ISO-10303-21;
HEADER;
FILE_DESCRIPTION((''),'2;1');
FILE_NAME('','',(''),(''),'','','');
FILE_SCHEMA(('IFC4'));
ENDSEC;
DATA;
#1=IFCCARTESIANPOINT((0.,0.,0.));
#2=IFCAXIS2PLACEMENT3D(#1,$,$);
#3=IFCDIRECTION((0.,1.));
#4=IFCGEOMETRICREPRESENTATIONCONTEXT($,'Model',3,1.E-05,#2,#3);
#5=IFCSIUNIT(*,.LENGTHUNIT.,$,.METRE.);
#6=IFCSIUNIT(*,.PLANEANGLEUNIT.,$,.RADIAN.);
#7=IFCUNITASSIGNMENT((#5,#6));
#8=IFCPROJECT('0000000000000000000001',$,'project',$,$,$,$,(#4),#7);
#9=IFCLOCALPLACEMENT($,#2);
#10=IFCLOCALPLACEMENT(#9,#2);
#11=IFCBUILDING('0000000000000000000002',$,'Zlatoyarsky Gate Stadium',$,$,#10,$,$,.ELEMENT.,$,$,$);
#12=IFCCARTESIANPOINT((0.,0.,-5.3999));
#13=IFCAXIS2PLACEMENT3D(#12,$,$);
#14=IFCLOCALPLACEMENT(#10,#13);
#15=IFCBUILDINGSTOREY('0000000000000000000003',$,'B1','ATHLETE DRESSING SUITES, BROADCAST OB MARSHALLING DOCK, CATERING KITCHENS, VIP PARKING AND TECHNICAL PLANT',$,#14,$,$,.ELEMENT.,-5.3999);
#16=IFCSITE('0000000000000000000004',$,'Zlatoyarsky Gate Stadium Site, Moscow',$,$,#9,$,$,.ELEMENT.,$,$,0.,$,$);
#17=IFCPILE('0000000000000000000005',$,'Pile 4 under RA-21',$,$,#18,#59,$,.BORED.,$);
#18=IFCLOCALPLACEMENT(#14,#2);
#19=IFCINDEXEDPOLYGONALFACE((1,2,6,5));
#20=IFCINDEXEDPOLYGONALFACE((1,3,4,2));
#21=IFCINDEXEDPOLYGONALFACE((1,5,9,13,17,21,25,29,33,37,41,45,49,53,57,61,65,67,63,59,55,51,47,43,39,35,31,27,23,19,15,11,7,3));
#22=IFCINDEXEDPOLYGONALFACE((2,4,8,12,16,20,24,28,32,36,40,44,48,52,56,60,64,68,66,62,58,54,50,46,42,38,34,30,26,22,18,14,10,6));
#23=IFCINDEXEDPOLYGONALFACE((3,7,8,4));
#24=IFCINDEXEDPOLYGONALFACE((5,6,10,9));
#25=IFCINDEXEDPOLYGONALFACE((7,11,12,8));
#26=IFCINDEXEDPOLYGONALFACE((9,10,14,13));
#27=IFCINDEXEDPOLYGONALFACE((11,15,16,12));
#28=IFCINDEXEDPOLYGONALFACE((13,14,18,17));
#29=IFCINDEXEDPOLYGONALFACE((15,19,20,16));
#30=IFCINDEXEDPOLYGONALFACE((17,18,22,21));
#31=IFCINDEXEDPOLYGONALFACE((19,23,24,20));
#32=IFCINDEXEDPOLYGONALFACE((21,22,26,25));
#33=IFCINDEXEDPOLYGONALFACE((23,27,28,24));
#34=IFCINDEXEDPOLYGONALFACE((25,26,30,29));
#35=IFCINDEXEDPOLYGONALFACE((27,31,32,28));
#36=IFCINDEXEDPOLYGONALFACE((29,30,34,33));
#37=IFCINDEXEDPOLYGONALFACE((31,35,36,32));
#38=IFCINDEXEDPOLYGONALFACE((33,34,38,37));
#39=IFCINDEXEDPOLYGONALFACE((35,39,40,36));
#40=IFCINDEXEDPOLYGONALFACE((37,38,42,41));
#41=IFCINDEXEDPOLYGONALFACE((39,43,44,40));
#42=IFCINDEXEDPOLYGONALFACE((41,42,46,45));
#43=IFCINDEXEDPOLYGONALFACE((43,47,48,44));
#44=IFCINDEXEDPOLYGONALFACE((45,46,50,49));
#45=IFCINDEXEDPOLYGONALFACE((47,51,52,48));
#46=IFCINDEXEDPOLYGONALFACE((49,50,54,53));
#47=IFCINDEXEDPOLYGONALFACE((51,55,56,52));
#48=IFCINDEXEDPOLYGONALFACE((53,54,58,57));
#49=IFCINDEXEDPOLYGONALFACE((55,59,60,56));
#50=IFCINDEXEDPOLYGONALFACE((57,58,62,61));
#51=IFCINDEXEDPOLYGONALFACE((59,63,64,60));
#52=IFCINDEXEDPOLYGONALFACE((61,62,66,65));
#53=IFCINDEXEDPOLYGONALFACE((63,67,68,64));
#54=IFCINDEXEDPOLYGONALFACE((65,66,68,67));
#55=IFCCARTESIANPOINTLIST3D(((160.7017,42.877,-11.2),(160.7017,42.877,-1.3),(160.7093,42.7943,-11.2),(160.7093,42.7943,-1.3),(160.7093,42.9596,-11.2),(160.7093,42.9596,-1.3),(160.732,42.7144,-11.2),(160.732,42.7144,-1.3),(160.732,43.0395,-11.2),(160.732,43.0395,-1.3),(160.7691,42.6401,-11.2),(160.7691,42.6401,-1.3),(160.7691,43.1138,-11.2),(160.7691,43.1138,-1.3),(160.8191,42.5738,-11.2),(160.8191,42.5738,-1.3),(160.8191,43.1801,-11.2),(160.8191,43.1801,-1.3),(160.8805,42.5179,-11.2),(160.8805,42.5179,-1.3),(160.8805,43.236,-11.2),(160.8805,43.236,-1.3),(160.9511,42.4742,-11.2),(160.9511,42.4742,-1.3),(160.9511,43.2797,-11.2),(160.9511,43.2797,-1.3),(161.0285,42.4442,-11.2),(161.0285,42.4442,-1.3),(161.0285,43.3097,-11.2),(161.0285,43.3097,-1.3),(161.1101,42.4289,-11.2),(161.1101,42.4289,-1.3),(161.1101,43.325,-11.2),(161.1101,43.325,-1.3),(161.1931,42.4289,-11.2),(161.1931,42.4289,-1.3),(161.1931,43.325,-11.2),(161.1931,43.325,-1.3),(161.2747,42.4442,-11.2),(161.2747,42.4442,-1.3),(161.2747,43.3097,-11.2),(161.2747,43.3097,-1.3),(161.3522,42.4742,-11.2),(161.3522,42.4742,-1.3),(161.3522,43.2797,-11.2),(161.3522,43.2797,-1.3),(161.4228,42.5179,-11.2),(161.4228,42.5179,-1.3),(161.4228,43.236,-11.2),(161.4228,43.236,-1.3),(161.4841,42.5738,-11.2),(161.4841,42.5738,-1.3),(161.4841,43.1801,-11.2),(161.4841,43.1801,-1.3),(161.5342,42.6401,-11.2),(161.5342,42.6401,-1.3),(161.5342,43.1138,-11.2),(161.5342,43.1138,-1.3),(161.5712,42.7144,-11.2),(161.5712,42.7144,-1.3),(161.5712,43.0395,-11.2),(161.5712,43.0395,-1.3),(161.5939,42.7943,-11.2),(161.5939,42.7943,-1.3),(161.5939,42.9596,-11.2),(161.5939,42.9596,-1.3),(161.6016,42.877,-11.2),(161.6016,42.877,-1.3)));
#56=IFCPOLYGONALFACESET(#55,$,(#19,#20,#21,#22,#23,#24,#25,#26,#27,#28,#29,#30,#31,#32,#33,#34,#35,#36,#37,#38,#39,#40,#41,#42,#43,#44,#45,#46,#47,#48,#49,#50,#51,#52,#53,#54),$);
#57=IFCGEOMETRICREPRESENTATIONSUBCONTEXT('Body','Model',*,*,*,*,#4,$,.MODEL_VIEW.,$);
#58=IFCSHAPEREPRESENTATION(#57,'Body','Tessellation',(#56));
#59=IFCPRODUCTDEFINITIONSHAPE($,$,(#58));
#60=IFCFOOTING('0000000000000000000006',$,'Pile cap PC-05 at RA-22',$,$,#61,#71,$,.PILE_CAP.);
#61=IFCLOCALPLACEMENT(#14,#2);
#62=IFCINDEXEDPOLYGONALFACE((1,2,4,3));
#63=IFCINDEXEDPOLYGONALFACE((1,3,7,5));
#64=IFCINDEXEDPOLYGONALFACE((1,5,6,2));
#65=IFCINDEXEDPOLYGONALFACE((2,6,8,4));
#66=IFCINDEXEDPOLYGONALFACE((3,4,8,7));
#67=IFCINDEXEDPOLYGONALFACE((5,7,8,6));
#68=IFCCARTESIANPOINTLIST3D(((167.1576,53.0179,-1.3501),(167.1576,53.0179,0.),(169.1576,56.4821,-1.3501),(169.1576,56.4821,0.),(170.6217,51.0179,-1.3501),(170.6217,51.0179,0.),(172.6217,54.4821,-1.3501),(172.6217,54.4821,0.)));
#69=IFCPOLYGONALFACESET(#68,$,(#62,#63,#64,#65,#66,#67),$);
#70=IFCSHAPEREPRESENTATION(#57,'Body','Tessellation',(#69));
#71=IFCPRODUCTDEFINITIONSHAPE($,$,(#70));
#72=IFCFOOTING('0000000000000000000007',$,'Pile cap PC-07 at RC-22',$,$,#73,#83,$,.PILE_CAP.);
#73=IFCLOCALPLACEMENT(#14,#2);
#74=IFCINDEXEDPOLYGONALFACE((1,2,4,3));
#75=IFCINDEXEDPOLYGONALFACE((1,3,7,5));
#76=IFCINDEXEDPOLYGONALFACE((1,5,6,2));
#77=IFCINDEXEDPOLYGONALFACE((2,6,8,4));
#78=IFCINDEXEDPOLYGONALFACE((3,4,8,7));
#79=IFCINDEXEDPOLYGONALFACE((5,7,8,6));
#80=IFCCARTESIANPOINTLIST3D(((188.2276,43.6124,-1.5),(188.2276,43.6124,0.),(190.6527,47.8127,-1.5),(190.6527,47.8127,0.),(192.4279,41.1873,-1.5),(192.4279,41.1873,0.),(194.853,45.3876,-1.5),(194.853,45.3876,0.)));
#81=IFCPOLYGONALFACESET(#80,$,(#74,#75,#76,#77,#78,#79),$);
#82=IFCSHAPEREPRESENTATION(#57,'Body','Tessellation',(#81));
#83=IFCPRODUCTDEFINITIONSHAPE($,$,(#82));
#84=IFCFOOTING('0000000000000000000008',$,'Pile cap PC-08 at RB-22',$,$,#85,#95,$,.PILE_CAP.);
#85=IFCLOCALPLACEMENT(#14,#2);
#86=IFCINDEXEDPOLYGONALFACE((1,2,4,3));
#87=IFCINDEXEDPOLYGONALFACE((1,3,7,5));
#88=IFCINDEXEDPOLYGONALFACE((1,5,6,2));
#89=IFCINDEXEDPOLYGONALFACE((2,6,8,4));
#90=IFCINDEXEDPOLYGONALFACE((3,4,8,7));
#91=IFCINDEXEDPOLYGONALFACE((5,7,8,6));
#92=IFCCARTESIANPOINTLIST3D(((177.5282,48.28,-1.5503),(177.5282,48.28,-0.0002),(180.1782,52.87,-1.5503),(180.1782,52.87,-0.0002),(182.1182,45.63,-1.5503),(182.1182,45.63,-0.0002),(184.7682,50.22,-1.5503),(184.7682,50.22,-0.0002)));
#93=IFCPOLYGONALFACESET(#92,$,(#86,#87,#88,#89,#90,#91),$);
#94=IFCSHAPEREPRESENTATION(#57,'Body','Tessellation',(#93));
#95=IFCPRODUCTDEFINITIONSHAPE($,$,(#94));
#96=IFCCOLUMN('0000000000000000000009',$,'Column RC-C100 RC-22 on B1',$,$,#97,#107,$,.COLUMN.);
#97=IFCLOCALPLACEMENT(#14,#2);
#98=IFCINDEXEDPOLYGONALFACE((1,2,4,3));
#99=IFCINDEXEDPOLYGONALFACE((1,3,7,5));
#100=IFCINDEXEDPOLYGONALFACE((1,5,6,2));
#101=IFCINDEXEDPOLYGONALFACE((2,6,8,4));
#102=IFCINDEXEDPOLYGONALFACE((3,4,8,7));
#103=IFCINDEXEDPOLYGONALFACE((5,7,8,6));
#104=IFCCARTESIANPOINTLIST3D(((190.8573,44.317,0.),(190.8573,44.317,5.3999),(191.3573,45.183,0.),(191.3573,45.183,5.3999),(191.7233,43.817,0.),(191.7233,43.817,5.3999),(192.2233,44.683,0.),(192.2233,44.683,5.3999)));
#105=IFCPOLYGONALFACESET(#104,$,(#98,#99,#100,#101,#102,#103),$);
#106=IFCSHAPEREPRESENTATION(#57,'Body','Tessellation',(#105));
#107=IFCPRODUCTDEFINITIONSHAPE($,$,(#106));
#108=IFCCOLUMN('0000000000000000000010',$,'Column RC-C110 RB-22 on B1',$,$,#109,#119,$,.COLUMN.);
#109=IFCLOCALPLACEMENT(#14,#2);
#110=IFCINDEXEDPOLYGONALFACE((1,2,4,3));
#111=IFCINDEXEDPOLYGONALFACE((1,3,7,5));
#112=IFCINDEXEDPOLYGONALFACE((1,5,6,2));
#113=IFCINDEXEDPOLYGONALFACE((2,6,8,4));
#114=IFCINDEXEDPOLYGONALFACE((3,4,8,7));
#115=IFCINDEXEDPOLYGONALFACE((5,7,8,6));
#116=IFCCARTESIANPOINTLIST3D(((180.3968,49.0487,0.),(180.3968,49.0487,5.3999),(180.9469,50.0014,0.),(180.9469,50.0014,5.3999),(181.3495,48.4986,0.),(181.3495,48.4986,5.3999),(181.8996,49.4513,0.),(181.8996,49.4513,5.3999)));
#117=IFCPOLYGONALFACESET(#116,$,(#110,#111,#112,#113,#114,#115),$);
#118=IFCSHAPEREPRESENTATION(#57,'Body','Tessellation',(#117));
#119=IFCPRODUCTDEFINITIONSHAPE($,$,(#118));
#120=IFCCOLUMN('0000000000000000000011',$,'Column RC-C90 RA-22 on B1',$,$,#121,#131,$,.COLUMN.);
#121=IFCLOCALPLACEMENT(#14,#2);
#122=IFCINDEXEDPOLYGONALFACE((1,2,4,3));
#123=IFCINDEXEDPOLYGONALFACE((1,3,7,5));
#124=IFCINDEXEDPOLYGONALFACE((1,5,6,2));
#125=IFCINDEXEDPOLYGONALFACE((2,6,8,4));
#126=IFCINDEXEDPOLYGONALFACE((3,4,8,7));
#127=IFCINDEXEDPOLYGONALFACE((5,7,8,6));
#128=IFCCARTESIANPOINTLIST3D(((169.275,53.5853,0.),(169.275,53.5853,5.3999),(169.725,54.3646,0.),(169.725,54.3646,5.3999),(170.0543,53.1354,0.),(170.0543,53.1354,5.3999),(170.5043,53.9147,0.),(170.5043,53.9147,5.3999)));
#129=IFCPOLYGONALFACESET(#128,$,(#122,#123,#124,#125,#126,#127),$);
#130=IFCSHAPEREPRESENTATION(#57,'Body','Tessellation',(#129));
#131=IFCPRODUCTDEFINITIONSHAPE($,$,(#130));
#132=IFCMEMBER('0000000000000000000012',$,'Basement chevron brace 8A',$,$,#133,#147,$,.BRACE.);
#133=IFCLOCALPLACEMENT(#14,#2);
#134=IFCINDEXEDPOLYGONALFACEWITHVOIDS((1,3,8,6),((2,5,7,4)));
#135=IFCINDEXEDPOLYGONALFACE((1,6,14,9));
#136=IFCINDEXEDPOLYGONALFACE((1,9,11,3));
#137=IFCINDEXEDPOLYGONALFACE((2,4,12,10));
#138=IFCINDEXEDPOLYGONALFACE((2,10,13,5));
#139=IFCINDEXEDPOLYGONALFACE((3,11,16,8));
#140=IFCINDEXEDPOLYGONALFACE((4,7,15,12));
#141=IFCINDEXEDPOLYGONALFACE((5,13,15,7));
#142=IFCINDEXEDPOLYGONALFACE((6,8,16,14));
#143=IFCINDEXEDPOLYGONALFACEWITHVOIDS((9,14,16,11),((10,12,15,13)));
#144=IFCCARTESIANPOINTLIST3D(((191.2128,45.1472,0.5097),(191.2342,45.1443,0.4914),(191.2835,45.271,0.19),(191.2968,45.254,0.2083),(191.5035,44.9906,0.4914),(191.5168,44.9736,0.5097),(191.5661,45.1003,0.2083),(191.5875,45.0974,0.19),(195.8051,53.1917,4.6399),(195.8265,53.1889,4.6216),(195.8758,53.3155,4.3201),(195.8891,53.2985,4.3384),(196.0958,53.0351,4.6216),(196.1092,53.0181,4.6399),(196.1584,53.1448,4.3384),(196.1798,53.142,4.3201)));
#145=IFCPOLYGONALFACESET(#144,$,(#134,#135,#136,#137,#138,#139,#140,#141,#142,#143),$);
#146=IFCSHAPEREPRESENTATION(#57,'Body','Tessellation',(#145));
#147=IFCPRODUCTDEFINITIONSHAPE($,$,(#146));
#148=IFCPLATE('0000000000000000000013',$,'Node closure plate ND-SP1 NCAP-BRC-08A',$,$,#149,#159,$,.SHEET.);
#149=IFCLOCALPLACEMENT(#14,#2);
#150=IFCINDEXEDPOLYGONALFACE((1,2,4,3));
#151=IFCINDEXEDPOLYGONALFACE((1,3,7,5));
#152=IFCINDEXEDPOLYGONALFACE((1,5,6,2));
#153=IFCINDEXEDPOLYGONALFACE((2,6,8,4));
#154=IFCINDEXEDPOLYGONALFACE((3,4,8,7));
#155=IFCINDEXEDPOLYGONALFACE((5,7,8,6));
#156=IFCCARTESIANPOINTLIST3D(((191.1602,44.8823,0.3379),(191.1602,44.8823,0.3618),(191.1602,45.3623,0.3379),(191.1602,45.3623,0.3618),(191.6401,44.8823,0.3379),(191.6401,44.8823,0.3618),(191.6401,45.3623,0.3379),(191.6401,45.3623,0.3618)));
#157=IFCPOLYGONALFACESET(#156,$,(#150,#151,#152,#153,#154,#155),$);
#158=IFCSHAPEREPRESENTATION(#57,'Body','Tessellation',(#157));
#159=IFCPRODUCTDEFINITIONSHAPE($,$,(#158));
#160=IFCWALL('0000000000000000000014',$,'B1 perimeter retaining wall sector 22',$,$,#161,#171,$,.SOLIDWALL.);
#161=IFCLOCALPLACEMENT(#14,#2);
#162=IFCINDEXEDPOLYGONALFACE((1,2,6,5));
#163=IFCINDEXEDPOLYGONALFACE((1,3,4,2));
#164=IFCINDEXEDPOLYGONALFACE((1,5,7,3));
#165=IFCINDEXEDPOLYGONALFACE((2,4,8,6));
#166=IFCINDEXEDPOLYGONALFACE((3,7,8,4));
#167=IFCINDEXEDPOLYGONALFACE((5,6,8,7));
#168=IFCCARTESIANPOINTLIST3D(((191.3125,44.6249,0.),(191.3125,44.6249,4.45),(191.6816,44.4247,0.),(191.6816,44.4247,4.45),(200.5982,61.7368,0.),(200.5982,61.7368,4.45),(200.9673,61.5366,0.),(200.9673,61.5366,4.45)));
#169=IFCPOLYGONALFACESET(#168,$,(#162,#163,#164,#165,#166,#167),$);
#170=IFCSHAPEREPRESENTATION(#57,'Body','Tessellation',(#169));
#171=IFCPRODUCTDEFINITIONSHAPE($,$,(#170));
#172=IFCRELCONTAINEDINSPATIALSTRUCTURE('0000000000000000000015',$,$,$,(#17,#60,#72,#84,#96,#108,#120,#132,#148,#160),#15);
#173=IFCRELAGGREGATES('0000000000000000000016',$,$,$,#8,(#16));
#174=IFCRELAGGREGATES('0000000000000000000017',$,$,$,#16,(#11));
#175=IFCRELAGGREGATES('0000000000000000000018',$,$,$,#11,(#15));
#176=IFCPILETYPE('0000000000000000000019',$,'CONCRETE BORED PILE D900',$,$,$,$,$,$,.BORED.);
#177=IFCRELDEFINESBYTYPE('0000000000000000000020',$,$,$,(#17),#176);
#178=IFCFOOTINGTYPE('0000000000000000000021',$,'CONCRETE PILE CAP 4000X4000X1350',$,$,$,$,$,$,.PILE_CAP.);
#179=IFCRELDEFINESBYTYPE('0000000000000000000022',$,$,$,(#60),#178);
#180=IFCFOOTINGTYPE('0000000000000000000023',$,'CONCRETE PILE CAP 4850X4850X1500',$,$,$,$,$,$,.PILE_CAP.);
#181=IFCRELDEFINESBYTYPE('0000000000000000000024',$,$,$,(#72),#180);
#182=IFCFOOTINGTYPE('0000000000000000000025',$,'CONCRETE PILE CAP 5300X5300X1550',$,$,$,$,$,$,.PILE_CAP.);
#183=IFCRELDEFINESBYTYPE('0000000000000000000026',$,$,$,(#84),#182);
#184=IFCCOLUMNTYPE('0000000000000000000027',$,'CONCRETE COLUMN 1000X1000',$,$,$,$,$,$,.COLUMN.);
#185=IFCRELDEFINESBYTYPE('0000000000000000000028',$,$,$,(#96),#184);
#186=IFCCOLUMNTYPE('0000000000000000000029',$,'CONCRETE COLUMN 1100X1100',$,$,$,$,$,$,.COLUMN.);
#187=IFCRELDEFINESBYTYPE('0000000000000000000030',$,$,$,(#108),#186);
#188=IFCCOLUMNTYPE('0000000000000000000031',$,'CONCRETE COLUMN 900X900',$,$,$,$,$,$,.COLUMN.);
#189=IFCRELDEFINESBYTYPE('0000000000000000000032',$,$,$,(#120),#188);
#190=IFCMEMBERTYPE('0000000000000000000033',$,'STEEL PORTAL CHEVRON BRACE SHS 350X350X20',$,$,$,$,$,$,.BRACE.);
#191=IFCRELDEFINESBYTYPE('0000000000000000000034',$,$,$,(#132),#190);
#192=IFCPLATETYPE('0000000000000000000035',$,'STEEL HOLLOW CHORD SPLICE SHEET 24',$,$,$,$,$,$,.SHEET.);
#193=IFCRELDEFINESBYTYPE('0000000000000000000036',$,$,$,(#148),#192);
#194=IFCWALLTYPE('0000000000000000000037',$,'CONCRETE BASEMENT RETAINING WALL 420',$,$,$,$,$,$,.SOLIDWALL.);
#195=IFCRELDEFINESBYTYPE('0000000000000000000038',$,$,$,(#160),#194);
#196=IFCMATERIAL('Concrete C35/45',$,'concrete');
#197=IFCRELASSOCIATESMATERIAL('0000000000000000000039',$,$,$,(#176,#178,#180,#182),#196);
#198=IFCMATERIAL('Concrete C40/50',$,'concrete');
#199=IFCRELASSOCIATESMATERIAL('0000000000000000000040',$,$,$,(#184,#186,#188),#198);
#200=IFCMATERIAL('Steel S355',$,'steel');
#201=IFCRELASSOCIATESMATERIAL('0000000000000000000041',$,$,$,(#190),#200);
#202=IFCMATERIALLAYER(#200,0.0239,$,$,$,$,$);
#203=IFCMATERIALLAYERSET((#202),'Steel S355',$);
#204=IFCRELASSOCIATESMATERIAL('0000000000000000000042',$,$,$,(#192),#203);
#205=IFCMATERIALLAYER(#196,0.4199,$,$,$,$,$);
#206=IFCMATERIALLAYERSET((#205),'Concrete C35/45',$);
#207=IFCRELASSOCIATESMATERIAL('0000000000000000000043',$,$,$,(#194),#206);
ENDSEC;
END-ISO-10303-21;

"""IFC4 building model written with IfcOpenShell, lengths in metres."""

from ifc_helpers import new_model, si_unit, direction, frame, frame_2d, origin, origin_2d, place, context, subcontext, project, spatial, rectangle, hollow_rectangle, circle, extrude, material, layer, layer_set, material_profile, profile_set, type_object, element, save


model = new_model("IFC4")

# Units and contexts
model_context = context("Model", 3, precision=1e-05, world=origin(), true_north=direction((0.0, 1.0)))
body_context = subcontext(model_context, "Body", "Model", "MODEL_VIEW")
ifc_project = project(units=[si_unit("LENGTHUNIT", "METRE"), si_unit("PLANEANGLEUNIT", "RADIAN")], contexts=[model_context])

# Site, building, storey
site_placement = place(None, origin())
site = spatial("IfcSite", under=ifc_project, at=site_placement, Name="Zlatoyarsky Gate Stadium Site, Moscow", CompositionType="ELEMENT", RefElevation=0.0)
building_placement = place(site_placement, origin())
building = spatial("IfcBuilding", under=site, at=building_placement, Name="Zlatoyarsky Gate Stadium", CompositionType="ELEMENT")
storey_placement = place(building_placement, frame((0.0, 0.0, -5.3999)))
storey = spatial("IfcBuildingStorey", under=building, at=storey_placement, Name="B1", Description="ATHLETE DRESSING SUITES, BROADCAST OB MARSHALLING DOCK, CATERING KITCHENS, VIP PARKING AND TECHNICAL PLANT", CompositionType="ELEMENT", Elevation=-5.3999)

# Pile
ifc_material_1 = material(Name="Concrete C35/45", Category="concrete")
ifc_material_profile_1 = material_profile(ifc_material_1, circle(Radius=0.45, at=origin_2d()), Name="BORED PILE D900")
ifc_profile_set_1 = profile_set([ifc_material_profile_1], Name="Concrete C35/45")
pile_type_1 = type_object("IfcPileType", Name="CONCRETE BORED PILE D900", PredefinedType="BORED", material=ifc_profile_set_1)
for number, where, z_axis, x_axis, name in (
    (1, (161.1516, 42.877, -1.3), (0.0, 0.0, -1.0), (1.0, 0.0, 0.0), "Pile 4 under RA-21"),
):
    element("IfcPile", number, at=place(storey_placement, frame(where, z_axis=z_axis, x_axis=x_axis)), inside=storey, type_object=pile_type_1, Name=name, PredefinedType="BORED", context=body_context, shape_type="SweptSolid", body=[
        extrude(circle(Radius=0.45, at=origin_2d()), origin(), (0.0, 0.0, 1.0), 9.8999),
    ])

# Footings
footing_type_1 = type_object("IfcFootingType", Name="CONCRETE PILE CAP 4000X4000X1350", PredefinedType="PILE_CAP", material=ifc_material_1)
footing_1_placement = place(storey_placement, frame((169.8896, 53.75, -1.3501), z_axis=(0.0, 0.0, 1.0), x_axis=(0.866025, -0.5, 0.0)))
element("IfcFooting", 2, at=footing_1_placement, inside=storey, type_object=footing_type_1, Name="Pile cap PC-05 at RA-22", PredefinedType="PILE_CAP", context=body_context, shape_type="SweptSolid", body=[
    extrude(rectangle(XDim=4.0, YDim=4.0, at=origin_2d()), origin(), (0.0, 0.0, 1.0), 1.3501),
])
footing_type_2 = type_object("IfcFootingType", Name="CONCRETE PILE CAP 4850X4850X1500", PredefinedType="PILE_CAP", material=ifc_material_1)
footing_2_placement = place(storey_placement, frame((191.5403, 44.5, -1.5), z_axis=(0.0, 0.0, 1.0), x_axis=(0.866025, -0.5, 0.0)))
element("IfcFooting", 3, at=footing_2_placement, inside=storey, type_object=footing_type_2, Name="Pile cap PC-07 at RC-22", PredefinedType="PILE_CAP", context=body_context, shape_type="SweptSolid", body=[
    extrude(rectangle(XDim=4.8501, YDim=4.8501, at=origin_2d()), origin(), (0.0, 0.0, 1.0), 1.5),
])
footing_type_3 = type_object("IfcFootingType", Name="CONCRETE PILE CAP 5300X5300X1550", PredefinedType="PILE_CAP", material=ifc_material_1)
footing_3_placement = place(storey_placement, frame((181.1482, 49.25, -1.5503), z_axis=(0.0, 0.0, 1.0), x_axis=(0.866025, -0.5, 0.0)))
element("IfcFooting", 4, at=footing_3_placement, inside=storey, type_object=footing_type_3, Name="Pile cap PC-08 at RB-22", PredefinedType="PILE_CAP", context=body_context, shape_type="SweptSolid", body=[
    extrude(rectangle(XDim=5.3, YDim=5.3, at=origin_2d()), origin(), (0.0, 0.0, 1.0), 1.55),
])

# Columns
ifc_material_2 = material(Name="Concrete C40/50", Category="concrete")
ifc_material_profile_2 = material_profile(ifc_material_2, rectangle(XDim=1.0, YDim=1.0, at=origin_2d()), Name="RC COL 1000X1000")
ifc_profile_set_2 = profile_set([ifc_material_profile_2], Name="Concrete C40/50")
column_type_1 = type_object("IfcColumnType", Name="CONCRETE COLUMN 1000X1000", PredefinedType="COLUMN", material=ifc_profile_set_2)
column_1_placement = place(storey_placement, frame((191.5403, 44.5, 0.0), z_axis=(0.0, 0.0, 1.0), x_axis=(0.866025, -0.5, 0.0)))
element("IfcColumn", 5, at=column_1_placement, inside=storey, type_object=column_type_1, Name="Column RC-C100 RC-22 on B1", PredefinedType="COLUMN", context=body_context, shape_type="SweptSolid", body=[
    extrude(rectangle(XDim=1.0, YDim=1.0, at=origin_2d()), origin(), (0.0, 0.0, 1.0), 5.3999),
])
ifc_material_profile_3 = material_profile(ifc_material_2, rectangle(XDim=1.1001, YDim=1.1001, at=origin_2d()), Name="RC COL 1100X1100")
ifc_profile_set_3 = profile_set([ifc_material_profile_3], Name="Concrete C40/50")
column_type_2 = type_object("IfcColumnType", Name="CONCRETE COLUMN 1100X1100", PredefinedType="COLUMN", material=ifc_profile_set_3)
column_2_placement = place(storey_placement, frame((181.1482, 49.25, 0.0), z_axis=(0.0, 0.0, 1.0), x_axis=(0.866025, -0.5, 0.0)))
element("IfcColumn", 6, at=column_2_placement, inside=storey, type_object=column_type_2, Name="Column RC-C110 RB-22 on B1", PredefinedType="COLUMN", context=body_context, shape_type="SweptSolid", body=[
    extrude(rectangle(XDim=1.1001, YDim=1.1001, at=origin_2d()), origin(), (0.0, 0.0, 1.0), 5.3999),
])
ifc_material_profile_4 = material_profile(ifc_material_2, rectangle(XDim=0.8999, YDim=0.8999, at=origin_2d()), Name="RC COL 900X900")
ifc_profile_set_4 = profile_set([ifc_material_profile_4], Name="Concrete C40/50")
column_type_3 = type_object("IfcColumnType", Name="CONCRETE COLUMN 900X900", PredefinedType="COLUMN", material=ifc_profile_set_4)
column_3_placement = place(storey_placement, frame((169.8896, 53.75, 0.0), z_axis=(0.0, 0.0, 1.0), x_axis=(0.866025, -0.5, 0.0)))
element("IfcColumn", 7, at=column_3_placement, inside=storey, type_object=column_type_3, Name="Column RC-C90 RA-22 on B1", PredefinedType="COLUMN", context=body_context, shape_type="SweptSolid", body=[
    extrude(rectangle(XDim=0.8999, YDim=0.8999, at=origin_2d()), origin(), (0.0, 0.0, 1.0), 5.3999),
])

# Member
ifc_material_3 = material(Name="Steel S355", Category="steel")
ifc_material_profile_5 = material_profile(ifc_material_3, hollow_rectangle(XDim=0.3501, YDim=0.3501, WallThickness=0.02, at=origin_2d()), Name="SHS 350X350X20")
ifc_profile_set_5 = profile_set([ifc_material_profile_5], Name="Steel S355")
member_type = type_object("IfcMemberType", Name="STEEL PORTAL CHEVRON BRACE SHS 350X350X20", PredefinedType="BRACE", material=ifc_profile_set_5)
member_placement = place(storey_placement, frame((191.4001, 45.1223, 0.3499), z_axis=(0.452799, 0.793181, 0.40723), x_axis=(-0.868454, 0.49577, 0.0)))
element("IfcMember", 8, at=member_placement, inside=storey, type_object=member_type, Name="Basement chevron brace 8A", PredefinedType="BRACE", context=body_context, shape_type="SweptSolid", body=[
    extrude(hollow_rectangle(XDim=0.3501, YDim=0.3501, WallThickness=0.02, at=origin_2d()), origin(), (0.0, 0.0, 1.0), 10.1421),
])

# Plate
ifc_layer_1 = layer(ifc_material_3, 0.0239)
ifc_layer_set_1 = layer_set([ifc_layer_1], Name="Steel S355")
plate_type = type_object("IfcPlateType", Name="STEEL HOLLOW CHORD SPLICE SHEET 24", PredefinedType="SHEET", material=ifc_layer_set_1)
plate_placement = place(storey_placement, frame((191.4001, 45.1223, 0.3379), z_axis=(0.0, 0.0, 1.0), x_axis=(1.0, 0.0, 0.0)))
element("IfcPlate", 9, at=plate_placement, inside=storey, type_object=plate_type, Name="Node closure plate ND-SP1 NCAP-BRC-08A", PredefinedType="SHEET", context=body_context, shape_type="SweptSolid", body=[
    extrude(rectangle(XDim=0.48, YDim=0.48, at=origin_2d()), origin(), (0.0, 0.0, 1.0), 0.0239),
])

# Wall
ifc_layer_2 = layer(ifc_material_1, 0.4199)
ifc_layer_set_2 = layer_set([ifc_layer_2], Name="Concrete C35/45")
wall_type_1 = type_object("IfcWallType", Name="CONCRETE BASEMENT RETAINING WALL 420", PredefinedType="SOLIDWALL", material=ifc_layer_set_2)
wall_1_placement = place(storey_placement, frame((191.4971, 44.5249, 0.0), z_axis=(0.0, 0.0, 1.0), x_axis=(0.476948, 0.878932, 0.0)))
element("IfcWall", 10, at=wall_1_placement, inside=storey, type_object=wall_type_1, Name="B1 perimeter retaining wall sector 22", PredefinedType="SOLIDWALL", context=body_context, shape_type="SweptSolid", body=[
    extrude(rectangle(XDim=19.469, YDim=0.4199, at=frame_2d((9.7344, 0.0))), origin(), (0.0, 0.0, 1.0), 4.45),
])

save(model, "model.ifc")
